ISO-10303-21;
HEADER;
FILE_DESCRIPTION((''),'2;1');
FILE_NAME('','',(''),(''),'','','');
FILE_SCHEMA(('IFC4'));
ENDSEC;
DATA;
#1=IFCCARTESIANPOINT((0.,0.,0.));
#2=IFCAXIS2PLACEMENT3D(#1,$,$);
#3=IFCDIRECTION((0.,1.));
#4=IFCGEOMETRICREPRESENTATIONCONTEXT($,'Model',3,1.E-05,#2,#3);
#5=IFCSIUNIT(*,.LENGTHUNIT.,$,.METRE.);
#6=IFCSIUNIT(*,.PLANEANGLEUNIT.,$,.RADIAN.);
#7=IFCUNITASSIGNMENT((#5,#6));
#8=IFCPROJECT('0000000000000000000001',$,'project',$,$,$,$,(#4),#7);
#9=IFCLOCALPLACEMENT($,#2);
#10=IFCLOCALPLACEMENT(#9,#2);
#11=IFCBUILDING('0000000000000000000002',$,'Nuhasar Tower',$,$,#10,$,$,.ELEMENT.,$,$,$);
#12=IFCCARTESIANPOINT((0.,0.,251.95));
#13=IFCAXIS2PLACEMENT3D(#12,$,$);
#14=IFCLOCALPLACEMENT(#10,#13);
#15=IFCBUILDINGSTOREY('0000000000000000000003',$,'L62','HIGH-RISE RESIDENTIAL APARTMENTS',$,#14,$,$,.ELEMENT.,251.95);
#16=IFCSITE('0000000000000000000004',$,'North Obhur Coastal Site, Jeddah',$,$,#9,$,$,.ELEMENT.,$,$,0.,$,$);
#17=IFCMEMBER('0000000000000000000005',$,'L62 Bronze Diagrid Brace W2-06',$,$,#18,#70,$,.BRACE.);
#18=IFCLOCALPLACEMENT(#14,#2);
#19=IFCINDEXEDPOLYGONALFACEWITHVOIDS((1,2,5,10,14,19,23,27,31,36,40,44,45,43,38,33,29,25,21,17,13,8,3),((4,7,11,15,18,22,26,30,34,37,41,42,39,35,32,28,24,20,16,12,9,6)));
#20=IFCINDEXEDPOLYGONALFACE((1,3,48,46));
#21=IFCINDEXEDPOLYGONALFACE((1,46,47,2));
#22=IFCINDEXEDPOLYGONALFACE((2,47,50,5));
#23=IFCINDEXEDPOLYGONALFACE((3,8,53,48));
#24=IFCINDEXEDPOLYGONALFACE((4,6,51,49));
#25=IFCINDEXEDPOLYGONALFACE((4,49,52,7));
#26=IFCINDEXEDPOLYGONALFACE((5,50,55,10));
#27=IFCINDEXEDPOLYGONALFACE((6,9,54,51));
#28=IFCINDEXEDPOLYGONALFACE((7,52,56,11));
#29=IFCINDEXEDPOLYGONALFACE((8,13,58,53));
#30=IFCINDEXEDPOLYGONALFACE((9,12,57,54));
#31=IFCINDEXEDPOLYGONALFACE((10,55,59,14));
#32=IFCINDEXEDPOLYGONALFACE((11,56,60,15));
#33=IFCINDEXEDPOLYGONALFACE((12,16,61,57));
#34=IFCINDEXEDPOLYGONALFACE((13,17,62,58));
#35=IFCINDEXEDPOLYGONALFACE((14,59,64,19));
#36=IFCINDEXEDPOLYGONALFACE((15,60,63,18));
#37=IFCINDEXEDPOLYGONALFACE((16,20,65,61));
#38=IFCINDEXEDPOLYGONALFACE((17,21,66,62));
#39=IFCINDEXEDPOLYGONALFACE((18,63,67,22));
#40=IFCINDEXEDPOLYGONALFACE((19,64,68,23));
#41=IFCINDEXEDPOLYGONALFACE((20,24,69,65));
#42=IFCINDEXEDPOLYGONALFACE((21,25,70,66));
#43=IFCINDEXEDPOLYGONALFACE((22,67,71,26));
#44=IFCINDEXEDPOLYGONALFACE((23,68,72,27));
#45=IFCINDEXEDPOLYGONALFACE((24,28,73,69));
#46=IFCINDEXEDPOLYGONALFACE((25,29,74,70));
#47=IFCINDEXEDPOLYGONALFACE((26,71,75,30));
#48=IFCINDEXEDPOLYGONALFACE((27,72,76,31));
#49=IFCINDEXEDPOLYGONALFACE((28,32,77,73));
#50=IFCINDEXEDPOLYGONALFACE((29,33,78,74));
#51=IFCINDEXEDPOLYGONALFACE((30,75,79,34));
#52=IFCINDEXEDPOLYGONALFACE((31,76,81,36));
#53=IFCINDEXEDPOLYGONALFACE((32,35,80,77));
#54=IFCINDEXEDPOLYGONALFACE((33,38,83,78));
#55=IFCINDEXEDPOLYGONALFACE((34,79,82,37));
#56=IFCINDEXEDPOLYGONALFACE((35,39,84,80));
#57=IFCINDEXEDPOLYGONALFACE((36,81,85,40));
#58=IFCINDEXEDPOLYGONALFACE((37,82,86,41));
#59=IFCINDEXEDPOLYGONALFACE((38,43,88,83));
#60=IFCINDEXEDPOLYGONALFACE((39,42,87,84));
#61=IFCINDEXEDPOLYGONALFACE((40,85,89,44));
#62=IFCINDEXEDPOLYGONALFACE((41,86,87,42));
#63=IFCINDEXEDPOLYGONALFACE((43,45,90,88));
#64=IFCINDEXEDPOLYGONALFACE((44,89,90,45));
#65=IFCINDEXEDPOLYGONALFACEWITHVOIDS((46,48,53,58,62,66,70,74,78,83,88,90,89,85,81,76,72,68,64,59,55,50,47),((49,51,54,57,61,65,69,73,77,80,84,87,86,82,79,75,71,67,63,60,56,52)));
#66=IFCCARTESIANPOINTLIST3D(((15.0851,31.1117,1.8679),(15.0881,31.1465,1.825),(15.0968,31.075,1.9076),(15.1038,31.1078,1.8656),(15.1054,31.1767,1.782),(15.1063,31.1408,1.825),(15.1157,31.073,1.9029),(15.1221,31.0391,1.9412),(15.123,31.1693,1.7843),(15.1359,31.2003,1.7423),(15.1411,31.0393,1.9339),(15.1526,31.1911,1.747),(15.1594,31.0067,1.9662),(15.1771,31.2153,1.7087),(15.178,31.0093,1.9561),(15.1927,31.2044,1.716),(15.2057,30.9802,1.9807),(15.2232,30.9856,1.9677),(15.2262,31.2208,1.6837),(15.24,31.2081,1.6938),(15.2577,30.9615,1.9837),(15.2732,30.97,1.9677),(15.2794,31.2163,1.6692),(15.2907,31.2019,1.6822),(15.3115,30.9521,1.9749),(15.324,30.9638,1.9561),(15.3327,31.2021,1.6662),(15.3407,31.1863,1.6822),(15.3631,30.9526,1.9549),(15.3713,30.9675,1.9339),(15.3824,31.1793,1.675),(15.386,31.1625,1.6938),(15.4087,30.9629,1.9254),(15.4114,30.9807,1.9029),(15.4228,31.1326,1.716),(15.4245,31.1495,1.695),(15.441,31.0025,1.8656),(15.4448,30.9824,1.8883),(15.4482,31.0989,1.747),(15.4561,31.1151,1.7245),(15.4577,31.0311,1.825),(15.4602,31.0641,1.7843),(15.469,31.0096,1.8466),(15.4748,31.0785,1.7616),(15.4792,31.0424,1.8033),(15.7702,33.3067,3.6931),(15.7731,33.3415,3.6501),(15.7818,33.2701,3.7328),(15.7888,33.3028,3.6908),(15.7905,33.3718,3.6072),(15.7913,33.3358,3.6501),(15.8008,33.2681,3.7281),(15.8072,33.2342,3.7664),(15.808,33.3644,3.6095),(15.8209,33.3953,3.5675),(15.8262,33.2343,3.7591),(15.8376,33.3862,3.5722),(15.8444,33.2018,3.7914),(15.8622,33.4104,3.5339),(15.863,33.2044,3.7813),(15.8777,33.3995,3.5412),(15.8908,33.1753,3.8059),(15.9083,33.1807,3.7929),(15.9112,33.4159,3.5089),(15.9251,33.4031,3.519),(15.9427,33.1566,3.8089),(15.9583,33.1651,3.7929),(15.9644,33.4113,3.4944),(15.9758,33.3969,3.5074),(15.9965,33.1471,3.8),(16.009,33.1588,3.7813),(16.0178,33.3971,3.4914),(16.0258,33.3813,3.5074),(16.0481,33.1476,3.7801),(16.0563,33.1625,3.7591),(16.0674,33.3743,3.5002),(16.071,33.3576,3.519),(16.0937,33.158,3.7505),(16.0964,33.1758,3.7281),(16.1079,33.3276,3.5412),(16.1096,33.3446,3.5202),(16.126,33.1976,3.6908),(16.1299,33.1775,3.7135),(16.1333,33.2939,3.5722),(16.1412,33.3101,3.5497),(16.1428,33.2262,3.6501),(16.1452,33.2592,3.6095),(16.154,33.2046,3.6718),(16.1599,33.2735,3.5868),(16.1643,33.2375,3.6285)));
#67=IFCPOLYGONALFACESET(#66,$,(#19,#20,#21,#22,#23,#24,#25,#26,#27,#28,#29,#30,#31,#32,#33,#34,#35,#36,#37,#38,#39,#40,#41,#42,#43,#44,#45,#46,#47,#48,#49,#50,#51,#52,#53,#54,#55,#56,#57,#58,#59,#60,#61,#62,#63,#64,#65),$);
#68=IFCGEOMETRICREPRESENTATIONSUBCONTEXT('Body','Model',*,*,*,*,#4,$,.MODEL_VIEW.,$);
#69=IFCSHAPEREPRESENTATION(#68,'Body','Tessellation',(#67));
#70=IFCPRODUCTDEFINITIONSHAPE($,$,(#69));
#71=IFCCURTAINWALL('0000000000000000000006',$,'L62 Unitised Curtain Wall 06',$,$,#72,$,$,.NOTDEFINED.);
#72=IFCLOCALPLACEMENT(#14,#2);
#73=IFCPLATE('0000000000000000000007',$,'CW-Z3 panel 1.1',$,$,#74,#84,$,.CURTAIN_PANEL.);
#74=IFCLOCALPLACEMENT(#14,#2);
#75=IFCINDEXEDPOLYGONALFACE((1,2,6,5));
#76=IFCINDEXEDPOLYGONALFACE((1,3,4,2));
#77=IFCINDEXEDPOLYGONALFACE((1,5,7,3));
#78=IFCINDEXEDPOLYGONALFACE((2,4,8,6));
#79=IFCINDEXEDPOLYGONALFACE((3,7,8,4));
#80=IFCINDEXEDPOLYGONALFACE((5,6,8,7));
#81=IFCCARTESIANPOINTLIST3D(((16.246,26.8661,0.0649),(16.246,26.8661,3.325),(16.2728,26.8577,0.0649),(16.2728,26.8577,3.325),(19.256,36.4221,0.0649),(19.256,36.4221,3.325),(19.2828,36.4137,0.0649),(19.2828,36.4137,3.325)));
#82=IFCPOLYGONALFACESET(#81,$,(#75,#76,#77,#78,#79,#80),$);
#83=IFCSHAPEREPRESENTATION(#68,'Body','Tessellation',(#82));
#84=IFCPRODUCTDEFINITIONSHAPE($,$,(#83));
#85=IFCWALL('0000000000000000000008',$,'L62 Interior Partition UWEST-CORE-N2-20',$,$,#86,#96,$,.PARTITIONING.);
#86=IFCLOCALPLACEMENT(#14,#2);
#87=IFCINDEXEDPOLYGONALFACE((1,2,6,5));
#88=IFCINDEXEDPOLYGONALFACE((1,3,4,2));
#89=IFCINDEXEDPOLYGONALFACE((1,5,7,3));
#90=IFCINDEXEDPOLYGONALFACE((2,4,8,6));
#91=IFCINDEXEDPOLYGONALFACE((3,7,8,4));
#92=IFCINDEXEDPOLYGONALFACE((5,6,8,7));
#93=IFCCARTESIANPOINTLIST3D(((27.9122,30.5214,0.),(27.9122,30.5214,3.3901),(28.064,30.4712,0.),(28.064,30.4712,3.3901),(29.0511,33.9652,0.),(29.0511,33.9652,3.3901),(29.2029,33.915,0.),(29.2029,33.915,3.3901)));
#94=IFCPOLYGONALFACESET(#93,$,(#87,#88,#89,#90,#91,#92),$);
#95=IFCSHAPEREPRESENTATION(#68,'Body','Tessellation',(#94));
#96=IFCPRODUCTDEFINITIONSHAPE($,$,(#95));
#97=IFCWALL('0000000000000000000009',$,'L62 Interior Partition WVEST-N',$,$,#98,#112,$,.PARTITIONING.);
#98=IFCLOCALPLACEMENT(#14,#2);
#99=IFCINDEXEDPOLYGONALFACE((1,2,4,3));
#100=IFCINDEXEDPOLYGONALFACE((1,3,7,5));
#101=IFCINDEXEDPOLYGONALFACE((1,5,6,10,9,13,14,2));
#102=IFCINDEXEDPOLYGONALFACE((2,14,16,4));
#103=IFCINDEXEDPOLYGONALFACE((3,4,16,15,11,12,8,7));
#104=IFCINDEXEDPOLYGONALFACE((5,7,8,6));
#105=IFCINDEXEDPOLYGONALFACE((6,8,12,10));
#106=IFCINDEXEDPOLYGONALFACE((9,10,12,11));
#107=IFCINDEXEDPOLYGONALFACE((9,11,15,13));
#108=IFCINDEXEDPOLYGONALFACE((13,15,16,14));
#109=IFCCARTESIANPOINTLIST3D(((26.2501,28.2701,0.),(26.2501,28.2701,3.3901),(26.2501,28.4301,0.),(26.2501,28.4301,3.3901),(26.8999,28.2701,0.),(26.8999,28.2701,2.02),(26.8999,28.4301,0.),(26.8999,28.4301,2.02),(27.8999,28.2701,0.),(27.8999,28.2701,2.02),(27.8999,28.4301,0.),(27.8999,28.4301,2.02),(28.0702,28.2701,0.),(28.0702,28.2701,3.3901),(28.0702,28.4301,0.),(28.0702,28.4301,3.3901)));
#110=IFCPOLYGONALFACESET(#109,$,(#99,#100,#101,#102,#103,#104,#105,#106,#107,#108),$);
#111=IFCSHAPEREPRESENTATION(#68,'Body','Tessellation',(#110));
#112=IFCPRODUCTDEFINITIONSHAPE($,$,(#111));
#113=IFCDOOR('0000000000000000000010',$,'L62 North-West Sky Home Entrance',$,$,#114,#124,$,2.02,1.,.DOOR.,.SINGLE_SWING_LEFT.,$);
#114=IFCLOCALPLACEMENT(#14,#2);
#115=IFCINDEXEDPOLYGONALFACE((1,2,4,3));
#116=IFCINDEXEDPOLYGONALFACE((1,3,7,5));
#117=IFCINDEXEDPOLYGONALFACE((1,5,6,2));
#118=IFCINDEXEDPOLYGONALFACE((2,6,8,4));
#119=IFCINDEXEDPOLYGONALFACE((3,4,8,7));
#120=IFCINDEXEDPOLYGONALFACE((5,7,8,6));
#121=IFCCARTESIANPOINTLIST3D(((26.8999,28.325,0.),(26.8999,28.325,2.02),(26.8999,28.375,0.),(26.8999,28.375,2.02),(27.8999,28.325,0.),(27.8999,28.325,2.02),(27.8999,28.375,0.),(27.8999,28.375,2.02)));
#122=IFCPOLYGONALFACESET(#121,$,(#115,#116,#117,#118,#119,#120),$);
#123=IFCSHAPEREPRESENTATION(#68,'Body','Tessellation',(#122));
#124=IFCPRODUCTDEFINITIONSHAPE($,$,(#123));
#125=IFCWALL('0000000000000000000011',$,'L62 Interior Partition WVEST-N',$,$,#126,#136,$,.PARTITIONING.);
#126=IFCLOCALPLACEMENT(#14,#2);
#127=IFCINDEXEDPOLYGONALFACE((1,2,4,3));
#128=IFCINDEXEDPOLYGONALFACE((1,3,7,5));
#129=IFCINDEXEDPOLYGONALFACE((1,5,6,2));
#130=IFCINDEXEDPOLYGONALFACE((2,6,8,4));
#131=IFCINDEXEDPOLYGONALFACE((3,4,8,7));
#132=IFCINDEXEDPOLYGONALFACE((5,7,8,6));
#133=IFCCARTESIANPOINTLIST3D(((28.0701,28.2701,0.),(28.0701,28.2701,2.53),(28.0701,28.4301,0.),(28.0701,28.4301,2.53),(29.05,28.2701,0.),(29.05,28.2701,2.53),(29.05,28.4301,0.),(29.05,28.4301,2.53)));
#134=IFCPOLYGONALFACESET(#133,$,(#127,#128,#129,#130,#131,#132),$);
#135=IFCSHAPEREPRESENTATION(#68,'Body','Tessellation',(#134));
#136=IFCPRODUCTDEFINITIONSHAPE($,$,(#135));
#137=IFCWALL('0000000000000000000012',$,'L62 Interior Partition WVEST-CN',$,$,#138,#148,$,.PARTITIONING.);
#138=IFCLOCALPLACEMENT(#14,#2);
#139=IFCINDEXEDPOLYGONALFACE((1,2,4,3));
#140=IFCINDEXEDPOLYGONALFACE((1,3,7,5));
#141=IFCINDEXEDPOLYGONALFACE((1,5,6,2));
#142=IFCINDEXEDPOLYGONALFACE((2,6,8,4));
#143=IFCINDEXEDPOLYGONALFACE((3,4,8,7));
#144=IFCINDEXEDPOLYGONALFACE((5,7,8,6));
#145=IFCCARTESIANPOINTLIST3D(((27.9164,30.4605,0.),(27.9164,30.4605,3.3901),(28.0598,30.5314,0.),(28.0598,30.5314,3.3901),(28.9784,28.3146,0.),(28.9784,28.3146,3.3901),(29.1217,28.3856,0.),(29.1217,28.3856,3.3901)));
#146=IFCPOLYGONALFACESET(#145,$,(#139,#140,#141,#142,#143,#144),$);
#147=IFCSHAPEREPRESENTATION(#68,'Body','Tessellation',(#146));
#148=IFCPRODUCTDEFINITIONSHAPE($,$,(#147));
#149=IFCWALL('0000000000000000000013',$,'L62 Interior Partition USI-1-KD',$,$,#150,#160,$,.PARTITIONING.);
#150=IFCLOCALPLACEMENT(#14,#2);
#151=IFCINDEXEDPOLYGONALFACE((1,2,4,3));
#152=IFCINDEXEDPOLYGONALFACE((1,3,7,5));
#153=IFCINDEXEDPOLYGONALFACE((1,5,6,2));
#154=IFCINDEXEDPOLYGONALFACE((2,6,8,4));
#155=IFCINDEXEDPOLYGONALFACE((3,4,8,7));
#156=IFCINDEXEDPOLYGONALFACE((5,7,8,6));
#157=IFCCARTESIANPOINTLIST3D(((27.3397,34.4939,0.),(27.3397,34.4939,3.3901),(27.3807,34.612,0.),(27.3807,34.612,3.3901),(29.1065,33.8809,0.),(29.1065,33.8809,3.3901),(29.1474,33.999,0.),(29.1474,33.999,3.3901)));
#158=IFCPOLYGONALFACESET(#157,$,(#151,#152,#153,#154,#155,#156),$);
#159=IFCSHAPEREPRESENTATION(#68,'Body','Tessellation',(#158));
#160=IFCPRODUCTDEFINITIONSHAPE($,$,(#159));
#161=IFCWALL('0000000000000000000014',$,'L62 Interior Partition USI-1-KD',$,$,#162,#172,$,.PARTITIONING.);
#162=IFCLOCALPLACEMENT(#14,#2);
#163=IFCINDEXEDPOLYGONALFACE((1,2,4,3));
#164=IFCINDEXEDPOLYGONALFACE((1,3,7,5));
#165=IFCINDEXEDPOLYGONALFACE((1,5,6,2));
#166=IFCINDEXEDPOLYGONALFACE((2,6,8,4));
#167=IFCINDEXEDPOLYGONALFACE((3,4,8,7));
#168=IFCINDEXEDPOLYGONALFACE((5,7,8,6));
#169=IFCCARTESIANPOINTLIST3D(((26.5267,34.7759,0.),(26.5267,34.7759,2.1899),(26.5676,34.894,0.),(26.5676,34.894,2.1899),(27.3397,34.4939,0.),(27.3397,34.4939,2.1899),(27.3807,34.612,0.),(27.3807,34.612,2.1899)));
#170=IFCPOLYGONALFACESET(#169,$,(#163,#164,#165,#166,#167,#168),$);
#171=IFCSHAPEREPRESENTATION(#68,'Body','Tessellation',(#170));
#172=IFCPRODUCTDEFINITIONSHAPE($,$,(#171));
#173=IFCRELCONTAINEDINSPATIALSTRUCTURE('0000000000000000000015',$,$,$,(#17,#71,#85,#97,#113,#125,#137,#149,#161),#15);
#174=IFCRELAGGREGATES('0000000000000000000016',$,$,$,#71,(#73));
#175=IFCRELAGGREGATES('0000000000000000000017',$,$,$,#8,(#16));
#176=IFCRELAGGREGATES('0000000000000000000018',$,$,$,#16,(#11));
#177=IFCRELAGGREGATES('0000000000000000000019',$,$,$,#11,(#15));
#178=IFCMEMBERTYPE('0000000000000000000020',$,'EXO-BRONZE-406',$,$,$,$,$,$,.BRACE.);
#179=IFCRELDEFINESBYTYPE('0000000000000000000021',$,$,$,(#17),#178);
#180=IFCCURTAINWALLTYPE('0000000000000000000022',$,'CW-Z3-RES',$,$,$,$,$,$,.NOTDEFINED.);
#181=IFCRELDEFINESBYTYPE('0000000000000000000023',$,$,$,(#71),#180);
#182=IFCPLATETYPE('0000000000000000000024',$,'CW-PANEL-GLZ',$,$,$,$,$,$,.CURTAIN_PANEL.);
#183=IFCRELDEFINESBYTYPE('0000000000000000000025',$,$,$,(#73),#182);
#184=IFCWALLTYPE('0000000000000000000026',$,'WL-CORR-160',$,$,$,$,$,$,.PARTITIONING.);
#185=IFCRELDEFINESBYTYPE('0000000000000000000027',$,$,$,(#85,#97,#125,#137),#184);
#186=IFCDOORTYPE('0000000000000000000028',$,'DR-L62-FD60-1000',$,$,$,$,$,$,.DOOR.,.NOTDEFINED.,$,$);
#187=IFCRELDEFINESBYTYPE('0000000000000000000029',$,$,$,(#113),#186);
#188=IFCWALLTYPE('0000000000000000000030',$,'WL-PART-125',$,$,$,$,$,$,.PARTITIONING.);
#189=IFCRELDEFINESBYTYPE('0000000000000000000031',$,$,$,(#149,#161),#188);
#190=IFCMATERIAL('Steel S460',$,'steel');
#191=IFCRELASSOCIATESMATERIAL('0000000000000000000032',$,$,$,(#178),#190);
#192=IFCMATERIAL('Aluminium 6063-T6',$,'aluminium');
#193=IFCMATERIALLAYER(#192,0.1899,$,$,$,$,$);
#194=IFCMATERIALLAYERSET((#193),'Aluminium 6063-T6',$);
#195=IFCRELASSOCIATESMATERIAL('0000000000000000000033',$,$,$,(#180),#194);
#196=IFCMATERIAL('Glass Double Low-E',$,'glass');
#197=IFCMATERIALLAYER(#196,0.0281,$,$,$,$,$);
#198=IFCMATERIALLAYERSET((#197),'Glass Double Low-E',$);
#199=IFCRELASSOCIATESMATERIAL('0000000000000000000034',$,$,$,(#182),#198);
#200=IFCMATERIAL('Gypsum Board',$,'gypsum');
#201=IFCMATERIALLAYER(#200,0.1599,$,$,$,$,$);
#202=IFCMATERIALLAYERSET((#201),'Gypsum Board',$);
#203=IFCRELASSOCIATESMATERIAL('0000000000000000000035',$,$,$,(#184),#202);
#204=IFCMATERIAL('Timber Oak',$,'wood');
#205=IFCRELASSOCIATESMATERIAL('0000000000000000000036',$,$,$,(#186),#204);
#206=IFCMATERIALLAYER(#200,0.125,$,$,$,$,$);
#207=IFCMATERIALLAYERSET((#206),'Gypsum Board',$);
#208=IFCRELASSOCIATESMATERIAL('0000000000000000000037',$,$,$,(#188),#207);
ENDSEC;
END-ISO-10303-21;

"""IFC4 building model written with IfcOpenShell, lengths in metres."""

from ifc_helpers import new_model, si_unit, direction, frame, frame_2d, origin, origin_2d, place, context, subcontext, project, spatial, rectangle, hollow_circle, extrude, material, layer, layer_set, material_profile, profile_set, type_object, element, fill, aggregate, save


model = new_model("IFC4")

# Units and contexts
model_context = context("Model", 3, precision=1e-05, world=origin(), true_north=direction((0.0, 1.0)))
body_context = subcontext(model_context, "Body", "Model", "MODEL_VIEW")
ifc_project = project(units=[si_unit("LENGTHUNIT", "METRE"), si_unit("PLANEANGLEUNIT", "RADIAN")], contexts=[model_context])

# Site, building, storey
site_placement = place(None, origin())
site = spatial("IfcSite", under=ifc_project, at=site_placement, Name="North Obhur Coastal Site, Jeddah", CompositionType="ELEMENT", RefElevation=0.0)
building_placement = place(site_placement, origin())
building = spatial("IfcBuilding", under=site, at=building_placement, Name="Nuhasar Tower", CompositionType="ELEMENT")
storey_placement = place(building_placement, frame((0.0, 0.0, 251.95)))
storey = spatial("IfcBuildingStorey", under=building, at=storey_placement, Name="L62", Description="HIGH-RISE RESIDENTIAL APARTMENTS", CompositionType="ELEMENT", Elevation=251.95)

# Member
ifc_material_1 = material(Name="Steel S460", Category="steel")
ifc_material_profile_1 = material_profile(ifc_material_1, hollow_circle(Radius=0.2031, WallThickness=0.019, at=origin_2d()), Name="HSS406.4X19.1")
ifc_profile_set_1 = profile_set([ifc_material_profile_1], Name="Steel S460")
member_type = type_object("IfcMemberType", Name="EXO-BRONZE-406", PredefinedType="BRACE", material=ifc_profile_set_1)
member_1_placement = place(storey_placement, frame((15.282, 31.0859, 1.825), z_axis=(0.233346, 0.747688, 0.621701), x_axis=(-0.954591, 0.297918, 0.0)))
element("IfcMember", 1, at=member_1_placement, inside=storey, type_object=member_type, Name="L62 Bronze Diagrid Brace W2-06", PredefinedType="BRACE", context=body_context, shape_type="SweptSolid", body=[
    extrude(hollow_circle(Radius=0.2031, WallThickness=0.019, at=origin_2d()), origin(), (0.0, 0.0, 1.0), 2.9358),
])

# Curtain wall, plate
ifc_material_2 = material(Name="Aluminium 6063-T6", Category="aluminium")
ifc_layer_1 = layer(ifc_material_2, 0.1899)
ifc_layer_set_1 = layer_set([ifc_layer_1], Name="Aluminium 6063-T6")
curtain_wall_type = type_object("IfcCurtainWallType", Name="CW-Z3-RES", PredefinedType="NOTDEFINED", material=ifc_layer_set_1)
curtain_wall_placement = place(storey_placement, origin())
curtain_wall = element("IfcCurtainWall", 2, at=curtain_wall_placement, inside=storey, type_object=curtain_wall_type, Name="L62 Unitised Curtain Wall 06", PredefinedType="NOTDEFINED")
ifc_material_3 = material(Name="Glass Double Low-E", Category="glass")
ifc_layer_2 = layer(ifc_material_3, 0.0281)
ifc_layer_set_2 = layer_set([ifc_layer_2], Name="Glass Double Low-E")
plate_type = type_object("IfcPlateType", Name="CW-PANEL-GLZ", PredefinedType="CURTAIN_PANEL", material=ifc_layer_set_2)
plate_placement = place(storey_placement, frame((17.7644, 31.6399, 0.0649), z_axis=(0.0, 0.0, 1.0), x_axis=(-0.300429, -0.953804, 0.0)))
plate = element("IfcPlate", 3, at=plate_placement, type_object=plate_type, Name="CW-Z3 panel 1.1", PredefinedType="CURTAIN_PANEL", context=body_context, shape_type="SweptSolid", body=[
    extrude(rectangle(XDim=10.0188, YDim=0.0281, at=origin_2d()), origin(), (0.0, 0.0, 1.0), 3.26),
])
aggregate(curtain_wall, [plate])

# Wall
ifc_material_4 = material(Name="Gypsum Board", Category="gypsum")
ifc_layer_3 = layer(ifc_material_4, 0.1599)
ifc_layer_set_3 = layer_set([ifc_layer_3], Name="Gypsum Board")
wall_type_1 = type_object("IfcWallType", Name="WL-CORR-160", PredefinedType="PARTITIONING", material=ifc_layer_set_3)
wall_1_placement = place(storey_placement, frame((29.127, 33.9399, 0.0), z_axis=(0.0, 0.0, 1.0), x_axis=(-0.313986, -0.949428, 0.0)))
element("IfcWall", 4, at=wall_1_placement, inside=storey, type_object=wall_type_1, Name="L62 Interior Partition UWEST-CORE-N2-20", PredefinedType="PARTITIONING", context=body_context, shape_type="SweptSolid", body=[
    extrude(rectangle(XDim=3.6272, YDim=0.1599, at=frame_2d((1.8135, 0.0))), origin(), (0.0, 0.0, 1.0), 3.3901),
])

# Wall, opening, door
wall_2_placement = place(storey_placement, frame((26.25, 28.3501, 0.0), z_axis=(0.0, 0.0, 1.0), x_axis=(1.0, 0.0, 0.0)))
wall_2 = element("IfcWall", 5, at=wall_2_placement, inside=storey, type_object=wall_type_1, Name="L62 Interior Partition WVEST-N", PredefinedType="PARTITIONING", context=body_context, shape_type="SweptSolid", body=[
    extrude(rectangle(XDim=1.8201, YDim=0.1599, at=frame_2d((0.9102, 0.0))), origin(), (0.0, 0.0, 1.0), 3.3901),
])
opening_1_placement = place(wall_2_placement, frame((0.6499, 0.0, 0.0)))
opening_1 = element("IfcOpeningElement", 6, at=opening_1_placement, cuts=wall_2, PredefinedType="OPENING", context=body_context, shape_type="SweptSolid", body=[
    extrude(rectangle(XDim=1.0, YDim=2.02, at=frame_2d((0.5, 1.01))), frame((0.0, 0.0898, 0.0), z_axis=(0.0, -1.0, 0.0), x_axis=(1.0, 0.0, 0.0)), (0.0, 0.0, 1.0), 0.1799),
])
ifc_material_5 = material(Name="Timber Oak", Category="wood")
door_type_1 = type_object("IfcDoorType", Name="DR-L62-FD60-1000", OperationType="NOTDEFINED", PredefinedType="DOOR", material=ifc_material_5)
door_1_placement = place(opening_1_placement, origin())
door_1 = element("IfcDoor", 7, at=door_1_placement, inside=storey, type_object=door_type_1, Name="L62 North-West Sky Home Entrance", OperationType="SINGLE_SWING_LEFT", OverallHeight=2.02, OverallWidth=1.0, PredefinedType="DOOR", context=body_context, shape_type="SweptSolid", body=[
    extrude(rectangle(XDim=1.0, YDim=2.02, at=frame_2d((0.5, 1.01))), frame((0.0, 0.0249, 0.0), z_axis=(0.0, -1.0, 0.0), x_axis=(1.0, 0.0, 0.0)), (0.0, 0.0, 1.0), 0.05),
])
fill(opening_1, door_1)

# Walls
wall_3_placement = place(storey_placement, frame((28.0701, 28.3501, 0.0), z_axis=(0.0, 0.0, 1.0), x_axis=(1.0, 0.0, 0.0)))
element("IfcWall", 8, at=wall_3_placement, inside=storey, type_object=wall_type_1, Name="L62 Interior Partition WVEST-N", PredefinedType="PARTITIONING", context=body_context, shape_type="SweptSolid", body=[
    extrude(rectangle(XDim=0.98, YDim=0.1599, at=frame_2d((0.49, 0.0))), origin(), (0.0, 0.0, 1.0), 2.53),
])
wall_4_placement = place(storey_placement, frame((27.988, 30.4961, 0.0), z_axis=(0.0, 0.0, 1.0), x_axis=(0.443539, -0.896255, 0.0)))
element("IfcWall", 9, at=wall_4_placement, inside=storey, type_object=wall_type_1, Name="L62 Interior Partition WVEST-CN", PredefinedType="PARTITIONING", context=body_context, shape_type="SweptSolid", body=[
    extrude(rectangle(XDim=2.3943, YDim=0.1599, at=frame_2d((1.1973, 0.0))), origin(), (0.0, 0.0, 1.0), 3.3901),
])
ifc_layer_4 = layer(ifc_material_4, 0.125)
ifc_layer_set_4 = layer_set([ifc_layer_4], Name="Gypsum Board")
wall_type_2 = type_object("IfcWallType", Name="WL-PART-125", PredefinedType="PARTITIONING", material=ifc_layer_set_4)
wall_5_placement = place(storey_placement, frame((29.127, 33.9399, 0.0), z_axis=(0.0, 0.0, 1.0), x_axis=(-0.944748, 0.327796, 0.0)))
element("IfcWall", 10, at=wall_5_placement, inside=storey, type_object=wall_type_2, Name="L62 Interior Partition USI-1-KD", PredefinedType="PARTITIONING", context=body_context, shape_type="SweptSolid", body=[
    extrude(rectangle(XDim=1.8701, YDim=0.125, at=frame_2d((0.9351, 0.0))), origin(), (0.0, 0.0, 1.0), 3.3901),
])
wall_6_placement = place(storey_placement, frame((27.3601, 34.553, 0.0), z_axis=(0.0, 0.0, 1.0), x_axis=(-0.944784, 0.327695, 0.0)))
element("IfcWall", 11, at=wall_6_placement, inside=storey, type_object=wall_type_2, Name="L62 Interior Partition USI-1-KD", PredefinedType="PARTITIONING", context=body_context, shape_type="SweptSolid", body=[
    extrude(rectangle(XDim=0.8606, YDim=0.125, at=frame_2d((0.4302, 0.0))), origin(), (0.0, 0.0, 1.0), 2.1899),
])

save(model, "model.ifc")
